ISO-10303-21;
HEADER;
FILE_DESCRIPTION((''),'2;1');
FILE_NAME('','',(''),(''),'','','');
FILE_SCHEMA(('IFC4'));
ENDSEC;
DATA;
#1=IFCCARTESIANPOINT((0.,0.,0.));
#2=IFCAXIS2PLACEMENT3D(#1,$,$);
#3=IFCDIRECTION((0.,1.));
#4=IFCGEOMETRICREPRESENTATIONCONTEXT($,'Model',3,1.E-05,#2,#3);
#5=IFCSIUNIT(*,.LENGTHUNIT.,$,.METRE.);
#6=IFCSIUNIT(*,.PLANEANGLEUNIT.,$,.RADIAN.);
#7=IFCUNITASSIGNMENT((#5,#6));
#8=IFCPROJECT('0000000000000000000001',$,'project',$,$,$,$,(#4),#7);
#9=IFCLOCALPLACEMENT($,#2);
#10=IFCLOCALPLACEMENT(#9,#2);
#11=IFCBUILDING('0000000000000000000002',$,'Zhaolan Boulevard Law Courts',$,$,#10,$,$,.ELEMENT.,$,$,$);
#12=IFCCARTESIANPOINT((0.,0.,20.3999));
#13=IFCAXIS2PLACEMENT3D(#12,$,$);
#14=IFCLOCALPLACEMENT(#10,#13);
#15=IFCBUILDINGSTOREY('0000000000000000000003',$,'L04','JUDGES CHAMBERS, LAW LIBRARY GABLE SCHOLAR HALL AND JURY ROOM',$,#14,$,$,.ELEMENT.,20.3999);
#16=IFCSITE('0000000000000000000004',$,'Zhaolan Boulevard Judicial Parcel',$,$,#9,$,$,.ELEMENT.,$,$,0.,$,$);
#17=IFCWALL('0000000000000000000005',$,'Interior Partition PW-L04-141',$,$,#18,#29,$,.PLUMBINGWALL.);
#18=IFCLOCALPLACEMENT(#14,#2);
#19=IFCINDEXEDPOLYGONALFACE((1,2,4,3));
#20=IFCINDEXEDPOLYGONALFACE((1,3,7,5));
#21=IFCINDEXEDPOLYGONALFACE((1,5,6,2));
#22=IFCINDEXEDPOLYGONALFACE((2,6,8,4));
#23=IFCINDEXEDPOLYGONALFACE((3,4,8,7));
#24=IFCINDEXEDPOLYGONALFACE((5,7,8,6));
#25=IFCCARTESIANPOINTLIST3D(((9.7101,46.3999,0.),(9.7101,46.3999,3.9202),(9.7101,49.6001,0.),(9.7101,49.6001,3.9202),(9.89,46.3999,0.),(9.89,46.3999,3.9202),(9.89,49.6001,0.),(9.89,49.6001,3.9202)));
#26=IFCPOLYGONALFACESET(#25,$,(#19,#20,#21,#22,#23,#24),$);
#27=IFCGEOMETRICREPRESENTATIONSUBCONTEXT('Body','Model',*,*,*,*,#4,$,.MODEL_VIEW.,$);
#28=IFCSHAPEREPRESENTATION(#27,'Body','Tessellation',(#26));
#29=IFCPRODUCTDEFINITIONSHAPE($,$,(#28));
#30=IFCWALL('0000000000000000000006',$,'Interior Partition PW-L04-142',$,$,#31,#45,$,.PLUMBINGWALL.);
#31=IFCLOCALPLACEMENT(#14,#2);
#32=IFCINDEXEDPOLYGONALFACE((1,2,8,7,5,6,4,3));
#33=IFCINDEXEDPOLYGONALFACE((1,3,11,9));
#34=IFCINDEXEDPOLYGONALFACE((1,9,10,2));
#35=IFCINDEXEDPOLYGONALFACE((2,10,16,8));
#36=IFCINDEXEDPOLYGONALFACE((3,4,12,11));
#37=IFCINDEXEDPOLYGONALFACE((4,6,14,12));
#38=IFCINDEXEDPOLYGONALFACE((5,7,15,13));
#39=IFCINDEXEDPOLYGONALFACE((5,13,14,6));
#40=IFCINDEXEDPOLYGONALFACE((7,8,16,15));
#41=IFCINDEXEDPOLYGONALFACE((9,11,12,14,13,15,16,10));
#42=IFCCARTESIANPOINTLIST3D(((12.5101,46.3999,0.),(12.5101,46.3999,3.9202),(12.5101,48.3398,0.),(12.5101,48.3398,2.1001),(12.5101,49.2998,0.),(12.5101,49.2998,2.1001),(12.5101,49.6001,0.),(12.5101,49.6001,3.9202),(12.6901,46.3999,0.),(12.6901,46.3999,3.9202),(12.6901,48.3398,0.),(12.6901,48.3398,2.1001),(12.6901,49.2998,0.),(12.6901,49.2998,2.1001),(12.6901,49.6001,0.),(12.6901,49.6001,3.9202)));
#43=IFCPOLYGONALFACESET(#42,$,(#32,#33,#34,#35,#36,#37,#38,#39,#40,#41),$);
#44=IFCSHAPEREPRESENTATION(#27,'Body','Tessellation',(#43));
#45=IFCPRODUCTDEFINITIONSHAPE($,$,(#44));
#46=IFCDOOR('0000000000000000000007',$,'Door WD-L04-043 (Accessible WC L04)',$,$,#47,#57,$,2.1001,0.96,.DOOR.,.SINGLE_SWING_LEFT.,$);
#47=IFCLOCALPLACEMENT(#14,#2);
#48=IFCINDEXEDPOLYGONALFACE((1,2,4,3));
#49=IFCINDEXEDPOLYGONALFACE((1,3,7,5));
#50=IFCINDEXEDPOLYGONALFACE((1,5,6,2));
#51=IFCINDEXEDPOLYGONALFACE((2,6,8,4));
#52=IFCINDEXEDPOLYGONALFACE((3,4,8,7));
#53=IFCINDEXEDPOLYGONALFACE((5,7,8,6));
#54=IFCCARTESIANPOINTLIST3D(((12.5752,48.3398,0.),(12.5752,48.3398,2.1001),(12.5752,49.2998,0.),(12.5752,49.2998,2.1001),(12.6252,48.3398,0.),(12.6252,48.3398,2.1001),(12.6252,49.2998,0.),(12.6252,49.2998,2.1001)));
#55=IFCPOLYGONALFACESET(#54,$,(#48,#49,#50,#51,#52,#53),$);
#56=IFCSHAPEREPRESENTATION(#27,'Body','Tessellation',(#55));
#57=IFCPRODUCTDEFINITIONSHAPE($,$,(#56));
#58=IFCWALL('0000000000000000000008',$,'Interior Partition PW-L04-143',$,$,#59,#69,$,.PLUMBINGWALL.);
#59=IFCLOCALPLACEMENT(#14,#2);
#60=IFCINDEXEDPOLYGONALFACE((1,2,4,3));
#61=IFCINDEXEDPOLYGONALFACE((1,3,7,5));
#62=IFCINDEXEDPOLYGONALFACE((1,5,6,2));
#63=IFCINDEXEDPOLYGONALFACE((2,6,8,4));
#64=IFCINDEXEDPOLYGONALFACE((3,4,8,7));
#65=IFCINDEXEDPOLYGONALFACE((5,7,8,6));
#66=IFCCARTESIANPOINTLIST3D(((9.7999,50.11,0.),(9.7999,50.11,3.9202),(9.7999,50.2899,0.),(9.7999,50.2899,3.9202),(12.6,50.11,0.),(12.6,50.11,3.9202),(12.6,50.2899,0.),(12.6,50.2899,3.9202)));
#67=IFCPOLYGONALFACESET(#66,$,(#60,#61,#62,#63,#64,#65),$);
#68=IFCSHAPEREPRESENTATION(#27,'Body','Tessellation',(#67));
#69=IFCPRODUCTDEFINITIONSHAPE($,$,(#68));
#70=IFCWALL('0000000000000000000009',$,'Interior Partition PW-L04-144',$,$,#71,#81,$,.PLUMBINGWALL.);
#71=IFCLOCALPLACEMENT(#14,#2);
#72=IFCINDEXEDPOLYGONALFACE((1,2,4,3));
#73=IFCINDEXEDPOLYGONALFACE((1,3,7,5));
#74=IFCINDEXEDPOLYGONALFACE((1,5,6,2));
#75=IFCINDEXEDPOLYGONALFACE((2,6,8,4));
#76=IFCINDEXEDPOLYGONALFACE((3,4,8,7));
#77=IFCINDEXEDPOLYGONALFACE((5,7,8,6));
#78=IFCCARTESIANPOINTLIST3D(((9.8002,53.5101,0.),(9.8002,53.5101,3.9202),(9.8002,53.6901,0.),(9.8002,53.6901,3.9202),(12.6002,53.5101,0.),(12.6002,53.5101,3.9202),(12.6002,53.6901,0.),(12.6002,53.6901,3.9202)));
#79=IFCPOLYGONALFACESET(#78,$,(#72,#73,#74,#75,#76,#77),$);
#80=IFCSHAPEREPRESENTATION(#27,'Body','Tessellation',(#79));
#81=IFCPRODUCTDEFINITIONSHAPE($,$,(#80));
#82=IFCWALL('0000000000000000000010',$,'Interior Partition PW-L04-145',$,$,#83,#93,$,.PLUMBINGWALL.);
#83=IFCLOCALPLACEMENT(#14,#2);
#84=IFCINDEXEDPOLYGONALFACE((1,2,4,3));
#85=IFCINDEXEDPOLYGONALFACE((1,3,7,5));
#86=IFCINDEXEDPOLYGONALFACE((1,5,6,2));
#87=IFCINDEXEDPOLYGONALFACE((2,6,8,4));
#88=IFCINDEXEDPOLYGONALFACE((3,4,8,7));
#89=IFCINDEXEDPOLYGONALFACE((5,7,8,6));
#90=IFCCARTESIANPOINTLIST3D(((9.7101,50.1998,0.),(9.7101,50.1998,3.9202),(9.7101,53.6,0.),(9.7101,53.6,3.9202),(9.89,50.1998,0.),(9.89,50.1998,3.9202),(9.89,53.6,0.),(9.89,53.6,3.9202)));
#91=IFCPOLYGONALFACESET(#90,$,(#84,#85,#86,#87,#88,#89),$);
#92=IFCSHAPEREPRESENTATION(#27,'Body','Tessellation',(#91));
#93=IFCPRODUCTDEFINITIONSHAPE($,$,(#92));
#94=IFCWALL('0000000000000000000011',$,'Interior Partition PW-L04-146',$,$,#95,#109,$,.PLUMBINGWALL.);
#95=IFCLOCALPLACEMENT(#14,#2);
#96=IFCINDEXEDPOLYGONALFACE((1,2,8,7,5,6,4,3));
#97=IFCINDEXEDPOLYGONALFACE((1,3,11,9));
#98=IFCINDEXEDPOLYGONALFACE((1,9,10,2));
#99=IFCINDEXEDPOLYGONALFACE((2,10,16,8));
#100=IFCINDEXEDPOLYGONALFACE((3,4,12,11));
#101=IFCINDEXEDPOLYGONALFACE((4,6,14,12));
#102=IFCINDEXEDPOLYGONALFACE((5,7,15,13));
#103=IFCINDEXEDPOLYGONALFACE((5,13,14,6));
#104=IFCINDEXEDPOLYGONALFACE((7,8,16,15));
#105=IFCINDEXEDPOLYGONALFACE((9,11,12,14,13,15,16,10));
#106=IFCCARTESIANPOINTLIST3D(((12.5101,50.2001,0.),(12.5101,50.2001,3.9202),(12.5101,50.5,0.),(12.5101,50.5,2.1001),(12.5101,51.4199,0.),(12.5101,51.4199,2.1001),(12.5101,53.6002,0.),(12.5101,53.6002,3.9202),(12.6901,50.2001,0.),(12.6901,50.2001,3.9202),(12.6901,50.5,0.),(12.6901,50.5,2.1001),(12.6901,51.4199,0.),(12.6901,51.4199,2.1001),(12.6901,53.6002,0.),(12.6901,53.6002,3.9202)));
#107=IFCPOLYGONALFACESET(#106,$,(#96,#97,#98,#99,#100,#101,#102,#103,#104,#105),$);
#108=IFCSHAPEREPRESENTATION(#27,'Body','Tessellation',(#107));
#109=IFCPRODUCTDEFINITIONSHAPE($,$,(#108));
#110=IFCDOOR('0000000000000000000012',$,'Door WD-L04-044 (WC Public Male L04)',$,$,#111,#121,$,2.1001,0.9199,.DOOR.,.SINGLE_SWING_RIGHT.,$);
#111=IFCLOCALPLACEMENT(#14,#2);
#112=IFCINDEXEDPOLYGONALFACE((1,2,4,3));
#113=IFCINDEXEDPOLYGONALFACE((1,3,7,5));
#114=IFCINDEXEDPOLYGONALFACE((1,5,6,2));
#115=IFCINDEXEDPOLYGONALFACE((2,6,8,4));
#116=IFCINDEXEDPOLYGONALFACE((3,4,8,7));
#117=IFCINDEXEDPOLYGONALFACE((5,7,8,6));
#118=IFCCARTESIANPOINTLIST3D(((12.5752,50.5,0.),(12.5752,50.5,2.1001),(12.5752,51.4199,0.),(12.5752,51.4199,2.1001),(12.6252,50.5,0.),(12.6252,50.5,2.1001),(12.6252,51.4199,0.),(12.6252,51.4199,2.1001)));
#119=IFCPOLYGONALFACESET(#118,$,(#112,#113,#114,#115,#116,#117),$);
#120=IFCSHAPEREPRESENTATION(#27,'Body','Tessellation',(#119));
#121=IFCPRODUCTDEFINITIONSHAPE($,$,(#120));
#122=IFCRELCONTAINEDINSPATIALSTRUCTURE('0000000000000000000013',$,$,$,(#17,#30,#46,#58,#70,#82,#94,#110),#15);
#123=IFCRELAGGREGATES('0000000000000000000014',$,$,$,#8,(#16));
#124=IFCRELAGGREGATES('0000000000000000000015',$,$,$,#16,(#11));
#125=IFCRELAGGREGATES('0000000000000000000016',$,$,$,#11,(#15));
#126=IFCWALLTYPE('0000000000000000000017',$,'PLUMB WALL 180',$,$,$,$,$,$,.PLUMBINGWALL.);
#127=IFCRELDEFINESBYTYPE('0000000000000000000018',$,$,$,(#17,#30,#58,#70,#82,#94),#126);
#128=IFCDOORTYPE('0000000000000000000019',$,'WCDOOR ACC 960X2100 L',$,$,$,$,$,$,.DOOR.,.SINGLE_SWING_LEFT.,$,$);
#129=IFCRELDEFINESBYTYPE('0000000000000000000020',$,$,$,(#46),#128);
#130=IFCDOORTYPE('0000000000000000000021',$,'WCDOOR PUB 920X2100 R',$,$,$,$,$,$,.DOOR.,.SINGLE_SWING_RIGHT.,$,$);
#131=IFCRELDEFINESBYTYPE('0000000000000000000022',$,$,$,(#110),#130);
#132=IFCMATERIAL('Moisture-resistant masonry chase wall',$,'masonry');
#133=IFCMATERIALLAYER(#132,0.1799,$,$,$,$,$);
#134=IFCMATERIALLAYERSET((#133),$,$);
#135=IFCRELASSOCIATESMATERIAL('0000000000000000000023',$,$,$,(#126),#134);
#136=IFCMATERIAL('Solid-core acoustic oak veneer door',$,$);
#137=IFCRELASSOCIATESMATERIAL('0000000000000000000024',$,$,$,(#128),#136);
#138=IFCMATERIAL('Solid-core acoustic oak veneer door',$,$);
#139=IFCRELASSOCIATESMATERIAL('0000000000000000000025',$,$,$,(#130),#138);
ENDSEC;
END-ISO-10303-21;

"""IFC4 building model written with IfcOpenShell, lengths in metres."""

from ifc_helpers import new_model, si_unit, direction, frame, frame_2d, origin, place, context, subcontext, project, spatial, rectangle, extrude, material, layer, layer_set, type_object, element, fill, save


model = new_model("IFC4")

# Units and contexts
model_context = context("Model", 3, precision=1e-05, world=origin(), true_north=direction((0.0, 1.0)))
body_context = subcontext(model_context, "Body", "Model", "MODEL_VIEW")
ifc_project = project(units=[si_unit("LENGTHUNIT", "METRE"), si_unit("PLANEANGLEUNIT", "RADIAN")], contexts=[model_context])

# Site, building, storey
site_placement = place(None, origin())
site = spatial("IfcSite", under=ifc_project, at=site_placement, Name="Zhaolan Boulevard Judicial Parcel", CompositionType="ELEMENT", RefElevation=0.0)
building_placement = place(site_placement, origin())
building = spatial("IfcBuilding", under=site, at=building_placement, Name="Zhaolan Boulevard Law Courts", CompositionType="ELEMENT")
storey_placement = place(building_placement, frame((0.0, 0.0, 20.3999)))
storey = spatial("IfcBuildingStorey", under=building, at=storey_placement, Name="L04", Description="JUDGES CHAMBERS, LAW LIBRARY GABLE SCHOLAR HALL AND JURY ROOM", CompositionType="ELEMENT", Elevation=20.3999)

# Wall
ifc_material_1 = material(Name="Moisture-resistant masonry chase wall", Category="masonry")
ifc_layer_1 = layer(ifc_material_1, 0.1799)
ifc_layer_set_1 = layer_set([ifc_layer_1])
wall_type_1 = type_object("IfcWallType", Name="PLUMB WALL 180", PredefinedType="PLUMBINGWALL", material=ifc_layer_set_1)
wall_1_placement = place(storey_placement, frame((9.8, 49.6001, 0.0), z_axis=(0.0, 0.0, 1.0), x_axis=(0.0, -1.0, 0.0)))
element("IfcWall", 1, at=wall_1_placement, inside=storey, type_object=wall_type_1, Name="Interior Partition PW-L04-141", PredefinedType="PLUMBINGWALL", context=body_context, shape_type="SweptSolid", body=[
    extrude(rectangle(XDim=3.2002, YDim=0.1799, at=frame_2d((1.6001, 0.0))), origin(), (0.0, 0.0, 1.0), 3.9202),
])

# Wall, opening, door
wall_2_placement = place(storey_placement, frame((12.6001, 46.3999, 0.0), z_axis=(0.0, 0.0, 1.0), x_axis=(0.0, 1.0, 0.0)))
wall_2 = element("IfcWall", 2, at=wall_2_placement, inside=storey, type_object=wall_type_1, Name="Interior Partition PW-L04-142", PredefinedType="PLUMBINGWALL", context=body_context, shape_type="SweptSolid", body=[
    extrude(rectangle(XDim=3.2002, YDim=0.1799, at=frame_2d((1.6001, 0.0))), origin(), (0.0, 0.0, 1.0), 3.9202),
])
opening_1_placement = place(wall_2_placement, frame((1.9399, 0.0, 0.0)))
opening_1 = element("IfcOpeningElement", 3, at=opening_1_placement, cuts=wall_2, PredefinedType="OPENING", context=body_context, shape_type="SweptSolid", body=[
    extrude(rectangle(XDim=0.96, YDim=2.1001, at=frame_2d((0.48, 1.05))), frame((0.0, 0.0999, 0.0), z_axis=(0.0, -1.0, 0.0), x_axis=(1.0, 0.0, 0.0)), (0.0, 0.0, 1.0), 0.2),
])
ifc_material_2 = material(Name="Solid-core acoustic oak veneer door")
door_type_1 = type_object("IfcDoorType", Name="WCDOOR ACC 960X2100 L", OperationType="SINGLE_SWING_LEFT", PredefinedType="DOOR", material=ifc_material_2)
door_1_placement = place(opening_1_placement, origin())
door_1 = element("IfcDoor", 4, at=door_1_placement, inside=storey, type_object=door_type_1, Name="Door WD-L04-043 (Accessible WC L04)", OperationType="SINGLE_SWING_LEFT", OverallHeight=2.1001, OverallWidth=0.96, PredefinedType="DOOR", context=body_context, shape_type="SweptSolid", body=[
    extrude(rectangle(XDim=0.96, YDim=2.1001, at=frame_2d((0.48, 1.05))), frame((0.0, 0.0249, 0.0), z_axis=(0.0, -1.0, 0.0), x_axis=(1.0, 0.0, 0.0)), (0.0, 0.0, 1.0), 0.05),
])
fill(opening_1, door_1)

# Walls
for number, where, z_axis, x_axis, name in (
    (5, (9.8, 50.2, 0.0), (0.0, 0.0, 1.0), (1.0, 0.0, 0.0), "Interior Partition PW-L04-143"),
    (6, (12.6001, 53.6001, 0.0), (0.0, 0.0, 1.0), (-1.0, 0.0, 0.0), "Interior Partition PW-L04-144"),
):
    element("IfcWall", number, at=place(storey_placement, frame(where, z_axis=z_axis, x_axis=x_axis)), inside=storey, type_object=wall_type_1, Name=name, PredefinedType="PLUMBINGWALL", context=body_context, shape_type="SweptSolid", body=[
        extrude(rectangle(XDim=2.8, YDim=0.1799, at=frame_2d((1.3999, 0.0))), origin(), (0.0, 0.0, 1.0), 3.9202),
    ])
wall_3_placement = place(storey_placement, frame((9.8, 53.6001, 0.0), z_axis=(0.0, 0.0, 1.0), x_axis=(0.0, -1.0, 0.0)))
element("IfcWall", 7, at=wall_3_placement, inside=storey, type_object=wall_type_1, Name="Interior Partition PW-L04-145", PredefinedType="PLUMBINGWALL", context=body_context, shape_type="SweptSolid", body=[
    extrude(rectangle(XDim=3.4001, YDim=0.1799, at=frame_2d((1.7002, 0.0))), origin(), (0.0, 0.0, 1.0), 3.9202),
])

# Wall, opening, door
wall_4_placement = place(storey_placement, frame((12.6001, 50.2, 0.0), z_axis=(0.0, 0.0, 1.0), x_axis=(0.0, 1.0, 0.0)))
wall_4 = element("IfcWall", 8, at=wall_4_placement, inside=storey, type_object=wall_type_1, Name="Interior Partition PW-L04-146", PredefinedType="PLUMBINGWALL", context=body_context, shape_type="SweptSolid", body=[
    extrude(rectangle(XDim=3.4001, YDim=0.1799, at=frame_2d((1.7002, 0.0))), origin(), (0.0, 0.0, 1.0), 3.9202),
])
opening_2_placement = place(wall_4_placement, frame((0.3, 0.0, 0.0)))
opening_2 = element("IfcOpeningElement", 9, at=opening_2_placement, cuts=wall_4, PredefinedType="OPENING", context=body_context, shape_type="SweptSolid", body=[
    extrude(rectangle(XDim=0.9199, YDim=2.1001, at=frame_2d((0.46, 1.05))), frame((0.0, 0.0999, 0.0), z_axis=(0.0, -1.0, 0.0), x_axis=(1.0, 0.0, 0.0)), (0.0, 0.0, 1.0), 0.2),
])
ifc_material_3 = material(Name="Solid-core acoustic oak veneer door")
door_type_2 = type_object("IfcDoorType", Name="WCDOOR PUB 920X2100 R", OperationType="SINGLE_SWING_RIGHT", PredefinedType="DOOR", material=ifc_material_3)
door_2_placement = place(opening_2_placement, origin())
door_2 = element("IfcDoor", 10, at=door_2_placement, inside=storey, type_object=door_type_2, Name="Door WD-L04-044 (WC Public Male L04)", OperationType="SINGLE_SWING_RIGHT", OverallHeight=2.1001, OverallWidth=0.9199, PredefinedType="DOOR", context=body_context, shape_type="SweptSolid", body=[
    extrude(rectangle(XDim=0.9199, YDim=2.1001, at=frame_2d((0.46, 1.05))), frame((0.0, 0.0249, 0.0), z_axis=(0.0, -1.0, 0.0), x_axis=(1.0, 0.0, 0.0)), (0.0, 0.0, 1.0), 0.05),
])
fill(opening_2, door_2)

save(model, "model.ifc")
